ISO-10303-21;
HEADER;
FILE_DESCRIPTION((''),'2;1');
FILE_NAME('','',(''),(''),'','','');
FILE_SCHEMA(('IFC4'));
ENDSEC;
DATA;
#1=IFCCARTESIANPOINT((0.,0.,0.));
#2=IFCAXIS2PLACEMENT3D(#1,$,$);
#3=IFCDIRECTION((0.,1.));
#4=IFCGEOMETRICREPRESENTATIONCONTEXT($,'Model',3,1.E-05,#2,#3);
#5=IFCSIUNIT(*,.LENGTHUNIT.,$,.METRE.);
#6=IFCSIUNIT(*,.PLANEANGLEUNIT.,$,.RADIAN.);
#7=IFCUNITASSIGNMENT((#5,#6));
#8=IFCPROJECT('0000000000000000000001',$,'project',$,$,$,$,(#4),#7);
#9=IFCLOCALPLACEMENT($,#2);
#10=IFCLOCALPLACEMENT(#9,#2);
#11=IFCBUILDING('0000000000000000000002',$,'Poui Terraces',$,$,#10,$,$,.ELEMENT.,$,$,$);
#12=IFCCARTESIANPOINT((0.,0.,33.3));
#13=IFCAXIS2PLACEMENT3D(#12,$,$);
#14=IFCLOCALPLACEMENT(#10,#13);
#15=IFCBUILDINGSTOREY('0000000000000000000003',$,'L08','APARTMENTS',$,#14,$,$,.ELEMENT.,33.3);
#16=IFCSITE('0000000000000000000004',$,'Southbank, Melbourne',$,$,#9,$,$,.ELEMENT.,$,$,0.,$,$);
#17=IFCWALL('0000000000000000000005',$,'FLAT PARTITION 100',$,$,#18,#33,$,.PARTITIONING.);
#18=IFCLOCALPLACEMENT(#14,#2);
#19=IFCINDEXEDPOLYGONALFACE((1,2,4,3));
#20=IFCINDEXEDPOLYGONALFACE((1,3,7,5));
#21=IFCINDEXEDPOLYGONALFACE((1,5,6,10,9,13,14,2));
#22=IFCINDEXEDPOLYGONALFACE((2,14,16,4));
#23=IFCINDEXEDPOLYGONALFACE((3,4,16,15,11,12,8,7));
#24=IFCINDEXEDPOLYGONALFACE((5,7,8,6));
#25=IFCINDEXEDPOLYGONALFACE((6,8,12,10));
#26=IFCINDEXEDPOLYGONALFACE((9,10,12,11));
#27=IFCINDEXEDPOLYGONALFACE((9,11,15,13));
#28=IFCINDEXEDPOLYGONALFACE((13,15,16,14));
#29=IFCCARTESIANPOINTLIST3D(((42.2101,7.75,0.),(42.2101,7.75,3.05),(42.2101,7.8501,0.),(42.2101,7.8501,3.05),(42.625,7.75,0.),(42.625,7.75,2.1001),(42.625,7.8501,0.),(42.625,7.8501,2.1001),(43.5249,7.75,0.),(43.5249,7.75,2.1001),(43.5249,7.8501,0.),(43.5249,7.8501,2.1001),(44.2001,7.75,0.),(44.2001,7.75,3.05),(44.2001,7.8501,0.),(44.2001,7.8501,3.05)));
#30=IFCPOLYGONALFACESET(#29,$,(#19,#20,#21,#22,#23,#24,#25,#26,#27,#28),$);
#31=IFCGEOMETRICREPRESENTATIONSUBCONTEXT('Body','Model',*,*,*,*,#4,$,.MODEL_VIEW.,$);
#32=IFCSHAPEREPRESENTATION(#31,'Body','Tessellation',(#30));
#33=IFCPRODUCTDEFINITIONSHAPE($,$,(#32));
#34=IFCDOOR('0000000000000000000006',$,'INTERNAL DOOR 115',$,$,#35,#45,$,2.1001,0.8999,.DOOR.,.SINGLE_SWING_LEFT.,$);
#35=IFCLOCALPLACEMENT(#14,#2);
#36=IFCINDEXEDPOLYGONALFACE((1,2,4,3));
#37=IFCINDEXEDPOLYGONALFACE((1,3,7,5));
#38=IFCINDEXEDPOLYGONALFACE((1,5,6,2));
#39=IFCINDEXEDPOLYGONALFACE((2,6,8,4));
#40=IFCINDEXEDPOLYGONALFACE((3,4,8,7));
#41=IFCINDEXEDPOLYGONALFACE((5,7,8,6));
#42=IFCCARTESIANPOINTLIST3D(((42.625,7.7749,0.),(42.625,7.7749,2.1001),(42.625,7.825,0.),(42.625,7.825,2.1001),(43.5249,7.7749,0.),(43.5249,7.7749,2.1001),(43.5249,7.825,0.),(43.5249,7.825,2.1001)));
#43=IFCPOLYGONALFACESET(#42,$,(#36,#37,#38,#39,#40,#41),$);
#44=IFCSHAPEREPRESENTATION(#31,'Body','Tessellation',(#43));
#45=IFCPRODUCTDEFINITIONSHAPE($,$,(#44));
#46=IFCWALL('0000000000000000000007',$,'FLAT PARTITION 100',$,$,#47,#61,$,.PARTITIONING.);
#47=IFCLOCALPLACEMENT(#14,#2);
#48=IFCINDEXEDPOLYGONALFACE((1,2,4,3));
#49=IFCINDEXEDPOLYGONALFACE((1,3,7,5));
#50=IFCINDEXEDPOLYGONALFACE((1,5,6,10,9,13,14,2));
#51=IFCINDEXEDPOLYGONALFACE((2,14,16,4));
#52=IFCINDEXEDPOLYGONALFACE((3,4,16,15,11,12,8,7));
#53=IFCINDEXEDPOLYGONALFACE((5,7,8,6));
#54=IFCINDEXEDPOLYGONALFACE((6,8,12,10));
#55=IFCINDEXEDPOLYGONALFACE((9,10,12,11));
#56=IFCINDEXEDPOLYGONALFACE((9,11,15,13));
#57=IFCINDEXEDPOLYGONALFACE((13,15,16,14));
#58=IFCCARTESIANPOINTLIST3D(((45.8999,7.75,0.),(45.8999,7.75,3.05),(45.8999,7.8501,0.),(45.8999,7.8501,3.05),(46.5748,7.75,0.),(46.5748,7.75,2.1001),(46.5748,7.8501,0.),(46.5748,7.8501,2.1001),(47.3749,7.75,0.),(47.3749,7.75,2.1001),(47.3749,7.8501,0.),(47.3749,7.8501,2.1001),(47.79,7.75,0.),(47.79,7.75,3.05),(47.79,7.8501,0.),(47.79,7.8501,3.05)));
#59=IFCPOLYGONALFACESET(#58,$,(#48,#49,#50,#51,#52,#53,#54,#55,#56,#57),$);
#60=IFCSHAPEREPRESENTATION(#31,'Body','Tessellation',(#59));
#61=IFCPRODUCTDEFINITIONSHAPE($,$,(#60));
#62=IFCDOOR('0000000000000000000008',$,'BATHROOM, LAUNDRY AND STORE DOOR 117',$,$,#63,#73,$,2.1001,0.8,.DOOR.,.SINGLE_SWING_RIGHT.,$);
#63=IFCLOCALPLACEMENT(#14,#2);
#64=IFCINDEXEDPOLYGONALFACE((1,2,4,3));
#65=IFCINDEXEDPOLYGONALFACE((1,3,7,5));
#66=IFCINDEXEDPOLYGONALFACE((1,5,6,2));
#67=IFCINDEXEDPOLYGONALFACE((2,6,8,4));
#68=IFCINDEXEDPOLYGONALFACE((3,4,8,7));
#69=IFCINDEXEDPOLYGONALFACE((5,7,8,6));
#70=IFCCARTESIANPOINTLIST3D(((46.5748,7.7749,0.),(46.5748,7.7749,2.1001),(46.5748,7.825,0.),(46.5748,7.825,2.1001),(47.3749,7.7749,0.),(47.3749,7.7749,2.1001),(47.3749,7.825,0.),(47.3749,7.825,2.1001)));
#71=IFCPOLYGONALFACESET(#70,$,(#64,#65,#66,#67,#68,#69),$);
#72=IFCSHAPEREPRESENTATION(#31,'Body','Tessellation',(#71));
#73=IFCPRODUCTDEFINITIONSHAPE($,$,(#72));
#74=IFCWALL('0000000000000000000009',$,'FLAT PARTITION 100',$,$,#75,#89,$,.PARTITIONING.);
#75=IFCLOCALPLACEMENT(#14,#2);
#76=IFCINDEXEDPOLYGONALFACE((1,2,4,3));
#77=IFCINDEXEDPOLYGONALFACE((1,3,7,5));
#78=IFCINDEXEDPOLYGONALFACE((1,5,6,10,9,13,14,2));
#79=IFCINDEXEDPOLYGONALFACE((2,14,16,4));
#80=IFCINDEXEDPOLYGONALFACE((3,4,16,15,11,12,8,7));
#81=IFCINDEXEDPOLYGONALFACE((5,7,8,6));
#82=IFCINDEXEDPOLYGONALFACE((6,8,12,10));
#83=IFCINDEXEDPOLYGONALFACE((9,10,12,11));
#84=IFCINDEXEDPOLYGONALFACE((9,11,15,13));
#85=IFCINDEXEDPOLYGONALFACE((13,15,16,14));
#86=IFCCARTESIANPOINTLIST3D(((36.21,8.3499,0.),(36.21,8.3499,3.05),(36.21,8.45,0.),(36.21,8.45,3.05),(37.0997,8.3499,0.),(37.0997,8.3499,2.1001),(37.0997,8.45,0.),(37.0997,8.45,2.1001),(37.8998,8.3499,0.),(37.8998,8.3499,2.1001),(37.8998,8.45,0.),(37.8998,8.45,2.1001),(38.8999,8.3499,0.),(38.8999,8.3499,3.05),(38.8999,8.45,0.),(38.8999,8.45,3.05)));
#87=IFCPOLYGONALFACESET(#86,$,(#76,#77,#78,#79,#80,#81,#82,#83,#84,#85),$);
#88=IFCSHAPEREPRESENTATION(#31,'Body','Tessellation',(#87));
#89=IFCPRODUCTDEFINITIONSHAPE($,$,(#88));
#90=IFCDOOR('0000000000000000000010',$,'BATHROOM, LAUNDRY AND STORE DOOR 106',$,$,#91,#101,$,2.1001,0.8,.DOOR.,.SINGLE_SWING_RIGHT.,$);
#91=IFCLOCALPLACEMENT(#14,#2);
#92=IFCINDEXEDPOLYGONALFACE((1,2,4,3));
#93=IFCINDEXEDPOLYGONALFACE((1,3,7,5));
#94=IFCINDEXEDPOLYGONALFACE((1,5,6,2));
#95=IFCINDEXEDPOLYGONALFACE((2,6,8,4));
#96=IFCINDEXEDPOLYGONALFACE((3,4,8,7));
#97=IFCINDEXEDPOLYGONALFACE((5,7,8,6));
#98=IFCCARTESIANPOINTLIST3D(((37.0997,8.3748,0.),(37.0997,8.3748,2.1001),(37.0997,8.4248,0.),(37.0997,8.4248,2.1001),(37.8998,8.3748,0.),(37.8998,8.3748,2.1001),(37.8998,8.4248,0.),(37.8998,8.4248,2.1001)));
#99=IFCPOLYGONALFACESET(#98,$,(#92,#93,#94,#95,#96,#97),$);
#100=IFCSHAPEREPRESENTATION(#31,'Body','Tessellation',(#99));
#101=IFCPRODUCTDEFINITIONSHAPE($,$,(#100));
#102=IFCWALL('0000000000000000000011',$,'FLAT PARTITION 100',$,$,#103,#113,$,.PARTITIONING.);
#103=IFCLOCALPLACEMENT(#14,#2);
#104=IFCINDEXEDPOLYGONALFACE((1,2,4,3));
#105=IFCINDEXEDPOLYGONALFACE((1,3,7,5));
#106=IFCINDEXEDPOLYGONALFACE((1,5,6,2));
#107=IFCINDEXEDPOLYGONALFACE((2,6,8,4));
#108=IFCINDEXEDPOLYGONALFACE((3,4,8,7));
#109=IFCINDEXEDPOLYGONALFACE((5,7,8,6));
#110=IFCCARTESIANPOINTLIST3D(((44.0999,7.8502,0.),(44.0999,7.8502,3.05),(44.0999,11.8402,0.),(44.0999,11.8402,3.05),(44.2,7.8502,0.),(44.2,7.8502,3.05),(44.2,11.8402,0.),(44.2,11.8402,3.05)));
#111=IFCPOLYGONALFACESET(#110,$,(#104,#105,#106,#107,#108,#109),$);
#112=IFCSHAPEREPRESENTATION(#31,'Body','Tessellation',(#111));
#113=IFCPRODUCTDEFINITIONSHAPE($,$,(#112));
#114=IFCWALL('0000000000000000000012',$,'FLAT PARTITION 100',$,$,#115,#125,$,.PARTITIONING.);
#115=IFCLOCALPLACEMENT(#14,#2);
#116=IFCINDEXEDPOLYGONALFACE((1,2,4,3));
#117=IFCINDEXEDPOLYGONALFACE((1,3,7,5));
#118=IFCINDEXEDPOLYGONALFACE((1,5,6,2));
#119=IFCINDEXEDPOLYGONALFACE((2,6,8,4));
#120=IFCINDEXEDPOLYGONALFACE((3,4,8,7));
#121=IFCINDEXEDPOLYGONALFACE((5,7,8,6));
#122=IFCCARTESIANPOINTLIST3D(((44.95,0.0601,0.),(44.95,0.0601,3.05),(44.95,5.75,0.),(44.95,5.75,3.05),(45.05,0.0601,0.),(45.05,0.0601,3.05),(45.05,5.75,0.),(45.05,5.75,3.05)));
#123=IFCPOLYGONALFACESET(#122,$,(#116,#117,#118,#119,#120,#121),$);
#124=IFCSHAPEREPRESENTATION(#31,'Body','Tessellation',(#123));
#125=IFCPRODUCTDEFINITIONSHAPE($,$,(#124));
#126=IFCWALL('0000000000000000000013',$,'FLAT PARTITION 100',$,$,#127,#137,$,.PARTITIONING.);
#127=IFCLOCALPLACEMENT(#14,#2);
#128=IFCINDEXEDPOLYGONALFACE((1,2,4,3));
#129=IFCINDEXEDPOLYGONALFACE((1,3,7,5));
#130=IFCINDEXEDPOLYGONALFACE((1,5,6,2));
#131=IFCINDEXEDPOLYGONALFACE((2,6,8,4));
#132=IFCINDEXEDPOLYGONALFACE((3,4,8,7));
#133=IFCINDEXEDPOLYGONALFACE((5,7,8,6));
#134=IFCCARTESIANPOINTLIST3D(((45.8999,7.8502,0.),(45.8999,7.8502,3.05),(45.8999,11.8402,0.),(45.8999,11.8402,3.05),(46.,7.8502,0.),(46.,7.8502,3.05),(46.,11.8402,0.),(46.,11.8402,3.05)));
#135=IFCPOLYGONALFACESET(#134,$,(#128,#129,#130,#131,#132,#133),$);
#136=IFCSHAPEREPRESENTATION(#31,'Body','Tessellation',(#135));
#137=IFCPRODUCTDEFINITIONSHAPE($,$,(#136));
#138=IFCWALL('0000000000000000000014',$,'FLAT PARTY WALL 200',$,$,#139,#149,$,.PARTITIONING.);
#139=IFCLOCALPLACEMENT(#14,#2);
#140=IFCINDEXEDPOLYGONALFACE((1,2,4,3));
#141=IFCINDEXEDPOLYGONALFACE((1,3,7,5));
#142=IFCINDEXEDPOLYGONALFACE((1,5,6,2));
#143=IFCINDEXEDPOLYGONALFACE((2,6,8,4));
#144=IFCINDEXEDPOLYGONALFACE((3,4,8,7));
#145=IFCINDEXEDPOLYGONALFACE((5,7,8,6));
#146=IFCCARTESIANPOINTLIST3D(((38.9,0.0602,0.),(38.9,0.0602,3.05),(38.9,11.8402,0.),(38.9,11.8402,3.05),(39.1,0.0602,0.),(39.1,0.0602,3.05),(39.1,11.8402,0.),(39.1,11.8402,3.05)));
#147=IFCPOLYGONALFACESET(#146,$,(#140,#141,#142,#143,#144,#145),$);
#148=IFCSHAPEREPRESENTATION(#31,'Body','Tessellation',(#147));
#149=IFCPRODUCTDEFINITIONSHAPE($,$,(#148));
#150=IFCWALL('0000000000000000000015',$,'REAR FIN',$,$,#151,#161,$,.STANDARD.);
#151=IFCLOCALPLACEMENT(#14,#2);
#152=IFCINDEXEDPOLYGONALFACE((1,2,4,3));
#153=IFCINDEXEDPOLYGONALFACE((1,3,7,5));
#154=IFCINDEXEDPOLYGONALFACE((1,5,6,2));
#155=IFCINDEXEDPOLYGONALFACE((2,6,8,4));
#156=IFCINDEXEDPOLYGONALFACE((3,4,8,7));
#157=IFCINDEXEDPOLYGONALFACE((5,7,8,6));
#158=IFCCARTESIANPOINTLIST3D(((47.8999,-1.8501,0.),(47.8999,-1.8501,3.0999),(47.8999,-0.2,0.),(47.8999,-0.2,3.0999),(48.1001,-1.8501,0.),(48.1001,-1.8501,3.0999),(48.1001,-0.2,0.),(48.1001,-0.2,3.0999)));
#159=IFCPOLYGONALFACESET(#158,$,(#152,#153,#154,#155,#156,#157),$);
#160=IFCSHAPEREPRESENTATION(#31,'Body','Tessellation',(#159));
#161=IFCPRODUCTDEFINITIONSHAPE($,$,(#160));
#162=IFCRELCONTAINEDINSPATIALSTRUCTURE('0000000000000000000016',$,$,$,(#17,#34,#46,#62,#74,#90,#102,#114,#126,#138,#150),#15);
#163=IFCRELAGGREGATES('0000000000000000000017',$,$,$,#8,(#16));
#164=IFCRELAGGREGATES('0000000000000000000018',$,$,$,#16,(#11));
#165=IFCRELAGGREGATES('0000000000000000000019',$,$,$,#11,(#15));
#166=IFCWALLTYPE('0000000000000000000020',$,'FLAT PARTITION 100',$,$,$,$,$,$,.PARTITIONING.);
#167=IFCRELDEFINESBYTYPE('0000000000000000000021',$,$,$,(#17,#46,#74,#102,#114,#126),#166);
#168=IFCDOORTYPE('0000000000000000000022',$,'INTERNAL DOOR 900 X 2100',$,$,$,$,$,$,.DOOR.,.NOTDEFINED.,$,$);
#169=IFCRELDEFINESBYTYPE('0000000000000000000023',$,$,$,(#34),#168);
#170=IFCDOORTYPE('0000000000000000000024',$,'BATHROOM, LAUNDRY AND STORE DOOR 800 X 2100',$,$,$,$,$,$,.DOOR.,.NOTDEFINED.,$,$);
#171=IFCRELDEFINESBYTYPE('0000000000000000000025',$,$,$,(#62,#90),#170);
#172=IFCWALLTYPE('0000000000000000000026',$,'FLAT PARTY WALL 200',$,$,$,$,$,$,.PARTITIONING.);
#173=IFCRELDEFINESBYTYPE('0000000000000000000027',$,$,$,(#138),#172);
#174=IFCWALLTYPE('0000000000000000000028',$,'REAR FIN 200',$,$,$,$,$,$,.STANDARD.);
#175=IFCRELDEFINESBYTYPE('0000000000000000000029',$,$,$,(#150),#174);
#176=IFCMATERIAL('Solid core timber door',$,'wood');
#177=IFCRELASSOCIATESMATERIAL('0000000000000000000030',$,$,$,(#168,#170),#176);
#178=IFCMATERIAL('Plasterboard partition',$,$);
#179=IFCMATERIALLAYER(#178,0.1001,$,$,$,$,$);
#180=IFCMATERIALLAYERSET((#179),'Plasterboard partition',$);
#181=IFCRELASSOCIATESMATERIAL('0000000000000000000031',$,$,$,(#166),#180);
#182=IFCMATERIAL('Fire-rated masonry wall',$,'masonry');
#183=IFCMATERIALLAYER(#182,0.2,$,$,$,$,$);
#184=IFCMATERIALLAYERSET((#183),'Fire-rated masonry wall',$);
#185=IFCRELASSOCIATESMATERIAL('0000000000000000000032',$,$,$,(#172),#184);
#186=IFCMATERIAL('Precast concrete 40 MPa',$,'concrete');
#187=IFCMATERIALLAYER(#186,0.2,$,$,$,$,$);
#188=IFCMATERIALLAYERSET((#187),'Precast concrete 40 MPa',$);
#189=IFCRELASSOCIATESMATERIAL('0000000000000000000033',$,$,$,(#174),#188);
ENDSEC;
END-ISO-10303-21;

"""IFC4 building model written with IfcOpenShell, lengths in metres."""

from ifc_helpers import new_model, si_unit, direction, frame, frame_2d, origin, place, context, subcontext, project, spatial, polyline, rectangle, outline, extrude, source, transform, mapped, material, layer, layer_set, type_object, element, fill, save


model = new_model("IFC4")

# Units and contexts
model_context = context("Model", 3, precision=1e-05, world=origin(), true_north=direction((0.0, 1.0)))
body_context = subcontext(model_context, "Body", "Model", "MODEL_VIEW")
ifc_project = project(units=[si_unit("LENGTHUNIT", "METRE"), si_unit("PLANEANGLEUNIT", "RADIAN")], contexts=[model_context])

# Site, building, storey
site_placement = place(None, origin())
site = spatial("IfcSite", under=ifc_project, at=site_placement, Name="Southbank, Melbourne", CompositionType="ELEMENT", RefElevation=0.0)
building_placement = place(site_placement, origin())
building = spatial("IfcBuilding", under=site, at=building_placement, Name="Poui Terraces", CompositionType="ELEMENT")
storey_placement = place(building_placement, frame((0.0, 0.0, 33.3)))
storey = spatial("IfcBuildingStorey", under=building, at=storey_placement, Name="L08", Description="APARTMENTS", CompositionType="ELEMENT", Elevation=33.3)

# Walls, openings, doors
ifc_material_1 = material(Name="Solid core timber door", Category="wood")
door_type_1 = type_object("IfcDoorType", Name="INTERNAL DOOR 900 X 2100", OperationType="NOTDEFINED", PredefinedType="DOOR", material=ifc_material_1)
ifc_material_2 = material(Name="Plasterboard partition")
ifc_layer_1 = layer(ifc_material_2, 0.1001)
ifc_layer_set_1 = layer_set([ifc_layer_1], Name="Plasterboard partition")
wall_type_1 = type_object("IfcWallType", Name="FLAT PARTITION 100", PredefinedType="PARTITIONING", material=ifc_layer_set_1)
door_type_2 = type_object("IfcDoorType", Name="BATHROOM, LAUNDRY AND STORE DOOR 800 X 2100", OperationType="NOTDEFINED", PredefinedType="DOOR", material=ifc_material_1)
wall_1_placement = place(storey_placement, frame((42.21, 7.8, 0.0), z_axis=(0.0, 0.0, 1.0), x_axis=(1.0, 0.0, 0.0)))
wall_1 = element("IfcWall", 1, at=wall_1_placement, inside=storey, type_object=wall_type_1, Name="FLAT PARTITION 100", PredefinedType="PARTITIONING", context=body_context, shape_type="SweptSolid", body=[
    extrude(rectangle(XDim=1.99, YDim=0.1001, at=frame_2d((0.9951, 0.0))), origin(), (0.0, 0.0, 1.0), 3.05),
])
opening_1_placement = place(wall_1_placement, frame((0.415, 0.0, 0.0)))
opening_1 = element("IfcOpeningElement", 2, at=opening_1_placement, cuts=wall_1, PredefinedType="OPENING", context=body_context, shape_type="SweptSolid", body=[
    extrude(rectangle(XDim=0.8999, YDim=2.1001, at=frame_2d((0.45, 1.05))), frame((0.0, 0.0601, 0.0), z_axis=(0.0, -1.0, 0.0), x_axis=(1.0, 0.0, 0.0)), (0.0, 0.0, 1.0), 0.1201),
])
door_1_placement = place(opening_1_placement, origin())
door_1 = element("IfcDoor", 3, at=door_1_placement, inside=storey, type_object=door_type_1, Name="INTERNAL DOOR 115", OperationType="SINGLE_SWING_LEFT", OverallHeight=2.1001, OverallWidth=0.8999, PredefinedType="DOOR", context=body_context, shape_type="SweptSolid", body=[
    extrude(rectangle(XDim=0.8999, YDim=2.1001, at=frame_2d((0.45, 1.05))), frame((0.0, 0.0249, 0.0), z_axis=(0.0, -1.0, 0.0), x_axis=(1.0, 0.0, 0.0)), (0.0, 0.0, 1.0), 0.05),
])
fill(opening_1, door_1)
wall_2_placement = place(storey_placement, frame((45.8999, 7.8, 0.0), z_axis=(0.0, 0.0, 1.0), x_axis=(1.0, 0.0, 0.0)))
wall_2 = element("IfcWall", 4, at=wall_2_placement, inside=storey, type_object=wall_type_1, Name="FLAT PARTITION 100", PredefinedType="PARTITIONING", context=body_context, shape_type="SweptSolid", body=[
    extrude(rectangle(XDim=1.8901, YDim=0.1001, at=frame_2d((0.9451, 0.0))), origin(), (0.0, 0.0, 1.0), 3.05),
])
opening_2_placement = place(wall_2_placement, frame((0.675, 0.0, 0.0)))
opening_2 = element("IfcOpeningElement", 5, at=opening_2_placement, cuts=wall_2, PredefinedType="OPENING", context=body_context, shape_type="SweptSolid", body=[
    extrude(rectangle(XDim=0.8, YDim=2.1001, at=frame_2d((0.3999, 1.05))), frame((0.0, 0.0601, 0.0), z_axis=(0.0, -1.0, 0.0), x_axis=(1.0, 0.0, 0.0)), (0.0, 0.0, 1.0), 0.1201),
])
door_2_placement = place(opening_2_placement, origin())
door_2 = element("IfcDoor", 6, at=door_2_placement, inside=storey, type_object=door_type_2, Name="BATHROOM, LAUNDRY AND STORE DOOR 117", OperationType="SINGLE_SWING_RIGHT", OverallHeight=2.1001, OverallWidth=0.8, PredefinedType="DOOR", context=body_context, shape_type="SweptSolid", body=[
    extrude(rectangle(XDim=0.8, YDim=2.1001, at=frame_2d((0.3999, 1.05))), frame((0.0, 0.0249, 0.0), z_axis=(0.0, -1.0, 0.0), x_axis=(1.0, 0.0, 0.0)), (0.0, 0.0, 1.0), 0.05),
])
fill(opening_2, door_2)
wall_3_placement = place(storey_placement, frame((36.21, 8.3999, 0.0), z_axis=(0.0, 0.0, 1.0), x_axis=(1.0, 0.0, 0.0)))
wall_3 = element("IfcWall", 7, at=wall_3_placement, inside=storey, type_object=wall_type_1, Name="FLAT PARTITION 100", PredefinedType="PARTITIONING", context=body_context, shape_type="SweptSolid", body=[
    extrude(rectangle(XDim=2.6899, YDim=0.1001, at=frame_2d((1.345, 0.0))), origin(), (0.0, 0.0, 1.0), 3.05),
])
opening_3_placement = place(wall_3_placement, frame((0.8899, 0.0, 0.0)))
opening_3 = element("IfcOpeningElement", 8, at=opening_3_placement, cuts=wall_3, PredefinedType="OPENING", context=body_context, shape_type="SweptSolid", body=[
    extrude(rectangle(XDim=0.8, YDim=2.1001, at=frame_2d((0.3999, 1.05))), frame((0.0, 0.0601, 0.0), z_axis=(0.0, -1.0, 0.0), x_axis=(1.0, 0.0, 0.0)), (0.0, 0.0, 1.0), 0.1201),
])
door_3_placement = place(opening_3_placement, origin())
door_3 = element("IfcDoor", 9, at=door_3_placement, inside=storey, type_object=door_type_2, Name="BATHROOM, LAUNDRY AND STORE DOOR 106", OperationType="SINGLE_SWING_RIGHT", OverallHeight=2.1001, OverallWidth=0.8, PredefinedType="DOOR", context=body_context, shape_type="SweptSolid", body=[
    extrude(rectangle(XDim=0.8, YDim=2.1001, at=frame_2d((0.3999, 1.05))), frame((0.0, 0.0249, 0.0), z_axis=(0.0, -1.0, 0.0), x_axis=(1.0, 0.0, 0.0)), (0.0, 0.0, 1.0), 0.05),
])
fill(opening_3, door_3)

# Walls
wall_4_placement = place(storey_placement, frame((44.1499, 7.8501, 0.0), z_axis=(0.0, 0.0, 1.0), x_axis=(0.0, 1.0, 0.0)))
element("IfcWall", 10, at=wall_4_placement, inside=storey, type_object=wall_type_1, Name="FLAT PARTITION 100", PredefinedType="PARTITIONING", context=body_context, shape_type="SweptSolid", body=[
    extrude(rectangle(XDim=3.99, YDim=0.1001, at=frame_2d((1.9951, 0.0))), origin(), (0.0, 0.0, 1.0), 3.05),
])
wall_5_placement = place(storey_placement, frame((45.0, 0.0601, 0.0), z_axis=(0.0, 0.0, 1.0), x_axis=(0.0, 1.0, 0.0)))
element("IfcWall", 11, at=wall_5_placement, inside=storey, type_object=wall_type_1, Name="FLAT PARTITION 100", PredefinedType="PARTITIONING", context=body_context, shape_type="SweptSolid", body=[
    extrude(rectangle(XDim=5.6899, YDim=0.1001, at=frame_2d((2.845, 0.0))), origin(), (0.0, 0.0, 1.0), 3.05),
])
wall_6_placement = place(storey_placement, frame((45.95, 7.8501, 0.0), z_axis=(0.0, 0.0, 1.0), x_axis=(0.0, 1.0, 0.0)))
element("IfcWall", 12, at=wall_6_placement, inside=storey, type_object=wall_type_1, Name="FLAT PARTITION 100", PredefinedType="PARTITIONING", context=body_context, shape_type="SweptSolid", body=[
    extrude(rectangle(XDim=3.99, YDim=0.1001, at=frame_2d((1.9951, 0.0))), origin(), (0.0, 0.0, 1.0), 3.05),
])
ifc_material_3 = material(Name="Fire-rated masonry wall", Category="masonry")
ifc_layer_2 = layer(ifc_material_3, 0.2)
ifc_layer_set_2 = layer_set([ifc_layer_2], Name="Fire-rated masonry wall")
wall_type_2 = type_object("IfcWallType", Name="FLAT PARTY WALL 200", PredefinedType="PARTITIONING", material=ifc_layer_set_2)
wall_7_placement = place(storey_placement, frame((39.0, 0.0601, 0.0), z_axis=(0.0, 0.0, 1.0), x_axis=(0.0, 1.0, 0.0)))
element("IfcWall", 13, at=wall_7_placement, inside=storey, type_object=wall_type_2, Name="FLAT PARTY WALL 200", PredefinedType="PARTITIONING", context=body_context, shape_type="SweptSolid", body=[
    extrude(rectangle(XDim=11.78, YDim=0.2, at=frame_2d((5.8901, 0.0))), origin(), (0.0, 0.0, 1.0), 3.05),
])
ifc_material_4 = material(Name="Precast concrete 40 MPa", Category="concrete")
ifc_layer_3 = layer(ifc_material_4, 0.2)
ifc_layer_set_3 = layer_set([ifc_layer_3], Name="Precast concrete 40 MPa")
wall_type_3 = type_object("IfcWallType", Name="REAR FIN 200", PredefinedType="STANDARD", material=ifc_layer_set_3)
shared_shape_1 = source(origin(), body_context, "Body", "SweptSolid", [
    extrude(outline(polyline([(0.0, 0.0), (0.2002, 0.0), (0.2002, 1.6501), (0.0, 1.6501), (0.0, 0.0)])), origin(), (0.0, 0.0, 1.0), 3.0999),
])
wall_8_placement = place(storey_placement, frame((47.8999, -1.8501, 0.0)))
element("IfcWall", 14, at=wall_8_placement, inside=storey, type_object=wall_type_3, Name="REAR FIN", PredefinedType="STANDARD", context=body_context, shape_type="MappedRepresentation", body=[
    mapped(shared_shape_1, transform((0.0, 0.0, 0.0))),
])

save(model, "model.ifc")
